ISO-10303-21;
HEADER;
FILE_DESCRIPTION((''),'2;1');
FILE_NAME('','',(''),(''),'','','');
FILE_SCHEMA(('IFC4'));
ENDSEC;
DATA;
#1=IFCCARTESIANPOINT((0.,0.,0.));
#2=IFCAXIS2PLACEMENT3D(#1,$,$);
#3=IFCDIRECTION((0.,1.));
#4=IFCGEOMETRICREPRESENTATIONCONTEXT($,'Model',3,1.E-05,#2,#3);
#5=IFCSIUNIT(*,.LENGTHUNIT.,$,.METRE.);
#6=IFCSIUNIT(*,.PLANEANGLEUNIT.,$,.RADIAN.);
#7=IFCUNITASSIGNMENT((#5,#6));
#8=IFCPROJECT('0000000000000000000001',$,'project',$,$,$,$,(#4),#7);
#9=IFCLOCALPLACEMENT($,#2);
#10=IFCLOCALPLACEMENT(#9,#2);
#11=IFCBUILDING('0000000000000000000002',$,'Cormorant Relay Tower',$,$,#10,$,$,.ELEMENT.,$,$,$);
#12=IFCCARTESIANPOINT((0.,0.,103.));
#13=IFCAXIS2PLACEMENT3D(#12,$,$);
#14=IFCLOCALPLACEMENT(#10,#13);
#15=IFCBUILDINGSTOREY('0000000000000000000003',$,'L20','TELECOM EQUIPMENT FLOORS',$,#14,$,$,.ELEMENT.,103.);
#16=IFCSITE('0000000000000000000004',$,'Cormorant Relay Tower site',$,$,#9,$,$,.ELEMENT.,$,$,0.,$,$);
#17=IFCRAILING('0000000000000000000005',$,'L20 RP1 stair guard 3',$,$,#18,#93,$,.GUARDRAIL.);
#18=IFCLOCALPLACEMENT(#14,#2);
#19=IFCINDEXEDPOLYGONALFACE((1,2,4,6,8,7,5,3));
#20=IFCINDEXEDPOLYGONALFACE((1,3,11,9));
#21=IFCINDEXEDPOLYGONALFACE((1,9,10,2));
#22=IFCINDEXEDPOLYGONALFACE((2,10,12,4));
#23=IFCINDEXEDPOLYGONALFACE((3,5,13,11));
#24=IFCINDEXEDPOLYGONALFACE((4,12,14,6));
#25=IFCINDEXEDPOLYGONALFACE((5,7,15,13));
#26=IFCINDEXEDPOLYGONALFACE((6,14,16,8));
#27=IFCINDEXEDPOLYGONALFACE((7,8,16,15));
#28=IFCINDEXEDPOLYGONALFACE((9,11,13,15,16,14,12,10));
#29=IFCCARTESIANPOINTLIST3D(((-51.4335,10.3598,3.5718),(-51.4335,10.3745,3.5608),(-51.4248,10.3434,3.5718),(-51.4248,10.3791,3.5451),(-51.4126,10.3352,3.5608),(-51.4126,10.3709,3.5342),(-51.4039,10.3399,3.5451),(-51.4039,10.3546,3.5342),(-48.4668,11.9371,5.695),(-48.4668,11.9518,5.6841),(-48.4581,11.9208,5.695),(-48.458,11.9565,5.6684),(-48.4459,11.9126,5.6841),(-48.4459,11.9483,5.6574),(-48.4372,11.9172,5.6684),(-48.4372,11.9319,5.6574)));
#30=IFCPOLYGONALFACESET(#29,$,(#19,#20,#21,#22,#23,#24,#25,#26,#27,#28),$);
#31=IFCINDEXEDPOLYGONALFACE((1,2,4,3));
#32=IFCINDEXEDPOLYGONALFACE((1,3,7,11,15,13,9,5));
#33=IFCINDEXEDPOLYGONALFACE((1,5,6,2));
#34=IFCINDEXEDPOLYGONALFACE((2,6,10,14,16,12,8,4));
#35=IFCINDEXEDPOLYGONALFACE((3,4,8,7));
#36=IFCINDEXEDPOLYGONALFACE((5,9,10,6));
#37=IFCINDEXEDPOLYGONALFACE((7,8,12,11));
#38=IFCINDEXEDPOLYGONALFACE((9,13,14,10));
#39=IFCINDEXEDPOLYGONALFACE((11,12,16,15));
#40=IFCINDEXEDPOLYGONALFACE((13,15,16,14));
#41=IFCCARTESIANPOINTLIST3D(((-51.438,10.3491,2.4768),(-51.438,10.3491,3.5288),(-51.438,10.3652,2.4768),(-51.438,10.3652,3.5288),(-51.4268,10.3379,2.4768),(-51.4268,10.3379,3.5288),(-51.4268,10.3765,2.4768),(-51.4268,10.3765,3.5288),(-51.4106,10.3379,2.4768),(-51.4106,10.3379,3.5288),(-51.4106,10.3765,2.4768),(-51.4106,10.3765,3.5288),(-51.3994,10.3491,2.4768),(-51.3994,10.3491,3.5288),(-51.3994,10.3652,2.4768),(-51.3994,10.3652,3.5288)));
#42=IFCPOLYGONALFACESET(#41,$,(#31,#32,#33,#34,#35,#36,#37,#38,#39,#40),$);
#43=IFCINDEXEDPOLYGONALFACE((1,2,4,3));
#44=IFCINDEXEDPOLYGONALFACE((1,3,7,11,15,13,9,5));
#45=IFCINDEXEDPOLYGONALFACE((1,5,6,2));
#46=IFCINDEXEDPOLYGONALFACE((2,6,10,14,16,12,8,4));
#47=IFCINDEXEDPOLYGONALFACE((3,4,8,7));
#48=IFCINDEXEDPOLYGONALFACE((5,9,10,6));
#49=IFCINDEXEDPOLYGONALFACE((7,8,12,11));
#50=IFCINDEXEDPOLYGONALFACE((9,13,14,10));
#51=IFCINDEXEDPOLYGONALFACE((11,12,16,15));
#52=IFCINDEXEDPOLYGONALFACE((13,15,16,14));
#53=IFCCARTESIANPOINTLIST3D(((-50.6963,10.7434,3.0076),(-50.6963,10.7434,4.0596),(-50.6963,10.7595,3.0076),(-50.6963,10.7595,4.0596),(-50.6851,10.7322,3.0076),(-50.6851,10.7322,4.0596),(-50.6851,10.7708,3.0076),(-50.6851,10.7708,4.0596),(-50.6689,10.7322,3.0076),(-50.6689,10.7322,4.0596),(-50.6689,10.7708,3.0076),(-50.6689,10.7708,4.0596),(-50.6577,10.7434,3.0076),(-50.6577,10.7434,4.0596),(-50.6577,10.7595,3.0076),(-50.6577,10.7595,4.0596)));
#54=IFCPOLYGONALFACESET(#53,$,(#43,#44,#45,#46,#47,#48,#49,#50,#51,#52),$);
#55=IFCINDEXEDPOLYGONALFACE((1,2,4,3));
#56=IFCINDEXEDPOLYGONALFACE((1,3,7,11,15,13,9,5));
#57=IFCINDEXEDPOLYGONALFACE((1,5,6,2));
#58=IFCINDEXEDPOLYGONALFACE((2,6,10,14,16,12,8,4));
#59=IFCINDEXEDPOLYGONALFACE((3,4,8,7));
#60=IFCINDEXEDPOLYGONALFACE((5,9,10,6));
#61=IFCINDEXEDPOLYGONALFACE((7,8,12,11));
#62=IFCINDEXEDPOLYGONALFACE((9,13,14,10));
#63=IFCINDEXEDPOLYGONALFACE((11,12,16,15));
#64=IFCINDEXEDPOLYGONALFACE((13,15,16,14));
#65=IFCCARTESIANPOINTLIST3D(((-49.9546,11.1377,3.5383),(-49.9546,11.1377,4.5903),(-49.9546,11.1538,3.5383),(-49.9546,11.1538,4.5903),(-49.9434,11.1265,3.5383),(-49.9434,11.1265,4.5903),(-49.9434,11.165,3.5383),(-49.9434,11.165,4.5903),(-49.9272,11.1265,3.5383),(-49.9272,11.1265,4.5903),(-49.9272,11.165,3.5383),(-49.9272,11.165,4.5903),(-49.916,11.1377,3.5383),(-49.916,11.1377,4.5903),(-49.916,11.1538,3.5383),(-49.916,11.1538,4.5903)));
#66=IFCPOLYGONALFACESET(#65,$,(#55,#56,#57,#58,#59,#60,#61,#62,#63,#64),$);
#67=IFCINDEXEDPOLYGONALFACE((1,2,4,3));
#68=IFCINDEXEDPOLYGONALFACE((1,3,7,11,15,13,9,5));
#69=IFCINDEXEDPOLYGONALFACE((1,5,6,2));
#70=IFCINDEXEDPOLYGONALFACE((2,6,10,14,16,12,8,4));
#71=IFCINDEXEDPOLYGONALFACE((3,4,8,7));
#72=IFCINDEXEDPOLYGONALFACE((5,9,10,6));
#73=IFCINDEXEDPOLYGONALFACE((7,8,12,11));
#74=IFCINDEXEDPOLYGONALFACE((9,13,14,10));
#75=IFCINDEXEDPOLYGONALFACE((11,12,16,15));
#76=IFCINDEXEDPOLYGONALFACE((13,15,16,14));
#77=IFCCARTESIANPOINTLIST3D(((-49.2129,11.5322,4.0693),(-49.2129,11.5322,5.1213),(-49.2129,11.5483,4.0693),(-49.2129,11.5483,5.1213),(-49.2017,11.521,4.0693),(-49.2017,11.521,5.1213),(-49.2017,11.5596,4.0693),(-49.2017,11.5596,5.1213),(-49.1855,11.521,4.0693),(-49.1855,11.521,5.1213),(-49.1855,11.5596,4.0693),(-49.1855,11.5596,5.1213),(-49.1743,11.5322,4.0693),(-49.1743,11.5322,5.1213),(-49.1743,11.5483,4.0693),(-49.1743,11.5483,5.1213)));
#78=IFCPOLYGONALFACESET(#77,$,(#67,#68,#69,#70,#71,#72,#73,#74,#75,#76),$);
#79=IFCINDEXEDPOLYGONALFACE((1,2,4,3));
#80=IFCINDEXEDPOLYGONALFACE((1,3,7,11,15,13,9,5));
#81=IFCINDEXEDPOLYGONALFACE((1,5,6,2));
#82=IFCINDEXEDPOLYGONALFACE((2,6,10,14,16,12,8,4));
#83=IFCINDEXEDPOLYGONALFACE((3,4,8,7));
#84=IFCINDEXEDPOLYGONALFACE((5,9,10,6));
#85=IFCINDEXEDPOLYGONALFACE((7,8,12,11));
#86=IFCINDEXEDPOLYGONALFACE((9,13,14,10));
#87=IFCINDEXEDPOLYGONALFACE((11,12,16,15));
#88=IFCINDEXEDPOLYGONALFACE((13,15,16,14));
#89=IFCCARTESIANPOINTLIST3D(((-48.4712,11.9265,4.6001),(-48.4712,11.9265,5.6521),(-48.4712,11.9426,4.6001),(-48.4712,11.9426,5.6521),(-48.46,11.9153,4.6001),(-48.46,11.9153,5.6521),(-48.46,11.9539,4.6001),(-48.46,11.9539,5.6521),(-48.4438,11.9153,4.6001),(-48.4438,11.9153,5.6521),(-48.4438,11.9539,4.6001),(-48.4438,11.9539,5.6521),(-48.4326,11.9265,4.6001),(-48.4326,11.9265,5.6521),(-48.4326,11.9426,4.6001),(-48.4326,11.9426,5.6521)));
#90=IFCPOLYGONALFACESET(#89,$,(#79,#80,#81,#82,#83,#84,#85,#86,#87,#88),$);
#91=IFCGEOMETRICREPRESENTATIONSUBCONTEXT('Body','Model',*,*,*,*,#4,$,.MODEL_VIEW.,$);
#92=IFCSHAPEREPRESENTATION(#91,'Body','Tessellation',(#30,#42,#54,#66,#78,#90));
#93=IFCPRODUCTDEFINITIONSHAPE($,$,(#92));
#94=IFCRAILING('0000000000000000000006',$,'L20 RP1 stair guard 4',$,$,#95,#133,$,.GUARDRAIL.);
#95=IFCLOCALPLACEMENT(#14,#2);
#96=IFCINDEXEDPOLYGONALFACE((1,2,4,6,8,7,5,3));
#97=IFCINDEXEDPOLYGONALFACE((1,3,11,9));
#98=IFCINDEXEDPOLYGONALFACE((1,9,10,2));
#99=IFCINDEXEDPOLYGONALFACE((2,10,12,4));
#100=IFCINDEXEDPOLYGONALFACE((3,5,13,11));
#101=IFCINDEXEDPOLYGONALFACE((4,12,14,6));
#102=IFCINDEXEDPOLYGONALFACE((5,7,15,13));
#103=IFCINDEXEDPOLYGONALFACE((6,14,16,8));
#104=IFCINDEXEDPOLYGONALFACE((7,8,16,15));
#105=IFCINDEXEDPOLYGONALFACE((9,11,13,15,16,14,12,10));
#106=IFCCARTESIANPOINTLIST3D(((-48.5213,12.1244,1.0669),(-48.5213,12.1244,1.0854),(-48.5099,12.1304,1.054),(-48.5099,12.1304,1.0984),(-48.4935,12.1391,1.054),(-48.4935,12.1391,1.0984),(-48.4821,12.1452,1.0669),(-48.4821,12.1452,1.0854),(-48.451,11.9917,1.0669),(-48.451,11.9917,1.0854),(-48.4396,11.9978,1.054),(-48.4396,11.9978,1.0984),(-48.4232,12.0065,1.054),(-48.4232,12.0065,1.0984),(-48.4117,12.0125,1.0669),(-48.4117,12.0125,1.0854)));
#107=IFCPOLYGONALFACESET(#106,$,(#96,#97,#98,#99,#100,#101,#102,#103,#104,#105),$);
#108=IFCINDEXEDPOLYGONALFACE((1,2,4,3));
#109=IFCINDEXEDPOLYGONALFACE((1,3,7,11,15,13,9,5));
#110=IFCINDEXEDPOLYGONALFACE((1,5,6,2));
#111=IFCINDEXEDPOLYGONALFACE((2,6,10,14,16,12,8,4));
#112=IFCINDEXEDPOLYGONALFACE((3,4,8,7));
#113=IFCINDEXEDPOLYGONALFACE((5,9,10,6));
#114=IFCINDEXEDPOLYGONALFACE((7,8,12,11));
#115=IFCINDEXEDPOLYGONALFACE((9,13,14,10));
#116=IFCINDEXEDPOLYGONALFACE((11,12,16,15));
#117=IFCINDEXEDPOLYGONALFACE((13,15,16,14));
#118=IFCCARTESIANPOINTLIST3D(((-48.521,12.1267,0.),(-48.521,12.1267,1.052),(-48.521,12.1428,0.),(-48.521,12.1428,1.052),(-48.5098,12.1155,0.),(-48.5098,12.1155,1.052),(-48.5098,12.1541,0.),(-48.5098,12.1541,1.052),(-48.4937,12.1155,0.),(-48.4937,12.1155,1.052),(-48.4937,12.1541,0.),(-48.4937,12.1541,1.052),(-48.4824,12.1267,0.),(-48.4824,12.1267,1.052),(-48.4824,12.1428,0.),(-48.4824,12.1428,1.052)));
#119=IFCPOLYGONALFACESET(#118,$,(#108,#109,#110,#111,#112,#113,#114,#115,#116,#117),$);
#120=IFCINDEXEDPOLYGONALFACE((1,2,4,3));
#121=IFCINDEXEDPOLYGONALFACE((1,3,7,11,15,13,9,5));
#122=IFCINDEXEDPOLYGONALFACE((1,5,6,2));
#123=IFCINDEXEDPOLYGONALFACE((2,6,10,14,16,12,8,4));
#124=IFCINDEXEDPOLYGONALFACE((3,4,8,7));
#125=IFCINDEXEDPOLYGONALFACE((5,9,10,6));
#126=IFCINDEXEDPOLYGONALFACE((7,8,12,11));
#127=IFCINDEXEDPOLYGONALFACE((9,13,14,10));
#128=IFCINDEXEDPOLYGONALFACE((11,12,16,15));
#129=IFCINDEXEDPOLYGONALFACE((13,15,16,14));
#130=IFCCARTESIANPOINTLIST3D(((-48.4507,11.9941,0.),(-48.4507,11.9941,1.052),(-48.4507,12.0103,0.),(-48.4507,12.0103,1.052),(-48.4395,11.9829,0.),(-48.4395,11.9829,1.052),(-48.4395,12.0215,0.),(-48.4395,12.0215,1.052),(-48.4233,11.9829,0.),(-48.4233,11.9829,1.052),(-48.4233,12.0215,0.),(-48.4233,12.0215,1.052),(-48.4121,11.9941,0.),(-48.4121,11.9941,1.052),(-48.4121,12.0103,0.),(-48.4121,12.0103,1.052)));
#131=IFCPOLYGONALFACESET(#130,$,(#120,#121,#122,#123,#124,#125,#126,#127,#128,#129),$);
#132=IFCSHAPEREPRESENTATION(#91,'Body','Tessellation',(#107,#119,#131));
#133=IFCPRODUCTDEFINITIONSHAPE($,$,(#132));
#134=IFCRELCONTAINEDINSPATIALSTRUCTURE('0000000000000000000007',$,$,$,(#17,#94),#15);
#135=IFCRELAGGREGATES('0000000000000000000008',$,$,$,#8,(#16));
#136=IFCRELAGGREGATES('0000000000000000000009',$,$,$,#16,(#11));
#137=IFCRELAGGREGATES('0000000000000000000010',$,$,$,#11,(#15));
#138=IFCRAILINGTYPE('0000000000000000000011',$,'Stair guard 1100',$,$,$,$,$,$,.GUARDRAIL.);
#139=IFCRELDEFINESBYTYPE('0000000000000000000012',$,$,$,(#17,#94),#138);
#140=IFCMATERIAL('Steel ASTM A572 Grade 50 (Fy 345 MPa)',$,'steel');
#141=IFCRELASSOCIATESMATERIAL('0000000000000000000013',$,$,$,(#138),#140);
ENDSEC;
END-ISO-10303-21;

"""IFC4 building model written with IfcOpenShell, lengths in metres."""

from ifc_helpers import new_model, si_unit, direction, frame, origin, place, context, subcontext, project, spatial, polyline, outline, extrude, material, type_object, element, save


model = new_model("IFC4")

# Units and contexts
model_context = context("Model", 3, precision=1e-05, world=origin(), true_north=direction((0.0, 1.0)))
body_context = subcontext(model_context, "Body", "Model", "MODEL_VIEW")
ifc_project = project(units=[si_unit("LENGTHUNIT", "METRE"), si_unit("PLANEANGLEUNIT", "RADIAN")], contexts=[model_context])

# Site, building, storey
site_placement = place(None, origin())
site = spatial("IfcSite", under=ifc_project, at=site_placement, Name="Cormorant Relay Tower site", CompositionType="ELEMENT", RefElevation=0.0)
building_placement = place(site_placement, origin())
building = spatial("IfcBuilding", under=site, at=building_placement, Name="Cormorant Relay Tower", CompositionType="ELEMENT")
storey_placement = place(building_placement, frame((0.0, 0.0, 103.0)))
storey = spatial("IfcBuildingStorey", under=building, at=storey_placement, Name="L20", Description="TELECOM EQUIPMENT FLOORS", CompositionType="ELEMENT", Elevation=103.0)

# Railings
ifc_material_1 = material(Name="Steel ASTM A572 Grade 50 (Fy 345 MPa)", Category="steel")
railing_type_1 = type_object("IfcRailingType", Name="Stair guard 1100", PredefinedType="GUARDRAIL", material=ifc_material_1)
railing_1_placement = place(storey_placement, frame((-51.4187, 10.3572, 2.4768)))
element("IfcRailing", 1, at=railing_1_placement, inside=storey, type_object=railing_type_1, Name="L20 RP1 stair guard 3", PredefinedType="GUARDRAIL", context=body_context, shape_type="SweptSolid", body=[
    extrude(outline(polyline([(0.0222, 0.0093), (0.0093, 0.0222), (-0.0093, 0.0222), (-0.0222, 0.0093), (-0.0222, -0.0093), (-0.0093, -0.0222), (0.0093, -0.0222), (0.0222, -0.0093), (0.0222, 0.0093)])), frame((0.0, 0.0, 1.0762), z_axis=(0.746416, 0.396856, 0.534199), x_axis=(-0.469453, 0.882958, 0.0)), (0.0, 0.0, 1.0), 3.9746),
    extrude(outline(polyline([(0.0193, 0.0081), (0.0081, 0.0193), (-0.0081, 0.0193), (-0.0193, 0.0081), (-0.0193, -0.0081), (-0.0081, -0.0193), (0.0081, -0.0193), (0.0193, -0.0081), (0.0193, 0.0081)])), origin(), (0.0, 0.0, 1.0), 1.052),
    extrude(outline(polyline([(0.0193, 0.0081), (0.0081, 0.0193), (-0.0081, 0.0193), (-0.0193, 0.0081), (-0.0193, -0.0081), (-0.0081, -0.0193), (0.0081, -0.0193), (0.0193, -0.0081), (0.0193, 0.0081)])), frame((0.7417, 0.3943, 0.5308)), (0.0, 0.0, 1.0), 1.052),
    extrude(outline(polyline([(0.0193, 0.0081), (0.0081, 0.0193), (-0.0081, 0.0193), (-0.0193, 0.0081), (-0.0193, -0.0081), (-0.0081, -0.0193), (0.0081, -0.0193), (0.0193, -0.0081), (0.0193, 0.0081)])), frame((1.4834, 0.7886, 1.0615)), (0.0, 0.0, 1.0), 1.052),
    extrude(outline(polyline([(0.0193, 0.0081), (0.0081, 0.0193), (-0.0081, 0.0193), (-0.0193, 0.0081), (-0.0193, -0.0081), (-0.0081, -0.0193), (0.0081, -0.0193), (0.0193, -0.0081), (0.0193, 0.0081)])), frame((2.2251, 1.1831, 1.5925)), (0.0, 0.0, 1.0), 1.052),
    extrude(outline(polyline([(0.0193, 0.0081), (0.0081, 0.0193), (-0.0081, 0.0193), (-0.0193, 0.0081), (-0.0193, -0.0081), (-0.0081, -0.0193), (0.0081, -0.0193), (0.0193, -0.0081), (0.0193, 0.0081)])), frame((2.9668, 1.5774, 2.1233)), (0.0, 0.0, 1.0), 1.052),
])
railing_2_placement = place(storey_placement, frame((-48.5017, 12.1348, 0.0)))
element("IfcRailing", 2, at=railing_2_placement, inside=storey, type_object=railing_type_1, Name="L20 RP1 stair guard 4", PredefinedType="GUARDRAIL", context=body_context, shape_type="SweptSolid", body=[
    extrude(outline(polyline([(0.0222, 0.0093), (0.0093, 0.0222), (-0.0093, 0.0222), (-0.0222, 0.0093), (-0.0222, -0.0093), (-0.0093, -0.0222), (0.0093, -0.0222), (0.0222, -0.0093), (0.0222, 0.0093)])), frame((0.0, 0.0, 1.0762), z_axis=(0.46856, -0.883431, 0.0), x_axis=(0.883431, 0.46856, 0.0)), (0.0, 0.0, 1.0), 0.1501),
    extrude(outline(polyline([(0.0193, 0.0081), (0.0081, 0.0193), (-0.0081, 0.0193), (-0.0193, 0.0081), (-0.0193, -0.0081), (-0.0081, -0.0193), (0.0081, -0.0193), (0.0193, -0.0081), (0.0193, 0.0081)])), origin(), (0.0, 0.0, 1.0), 1.052),
    extrude(outline(polyline([(0.0193, 0.0081), (0.0081, 0.0193), (-0.0081, 0.0193), (-0.0193, 0.0081), (-0.0193, -0.0081), (-0.0081, -0.0193), (0.0081, -0.0193), (0.0193, -0.0081), (0.0193, 0.0081)])), frame((0.0703, -0.1326, 0.0)), (0.0, 0.0, 1.0), 1.052),
])

save(model, "model.ifc")
